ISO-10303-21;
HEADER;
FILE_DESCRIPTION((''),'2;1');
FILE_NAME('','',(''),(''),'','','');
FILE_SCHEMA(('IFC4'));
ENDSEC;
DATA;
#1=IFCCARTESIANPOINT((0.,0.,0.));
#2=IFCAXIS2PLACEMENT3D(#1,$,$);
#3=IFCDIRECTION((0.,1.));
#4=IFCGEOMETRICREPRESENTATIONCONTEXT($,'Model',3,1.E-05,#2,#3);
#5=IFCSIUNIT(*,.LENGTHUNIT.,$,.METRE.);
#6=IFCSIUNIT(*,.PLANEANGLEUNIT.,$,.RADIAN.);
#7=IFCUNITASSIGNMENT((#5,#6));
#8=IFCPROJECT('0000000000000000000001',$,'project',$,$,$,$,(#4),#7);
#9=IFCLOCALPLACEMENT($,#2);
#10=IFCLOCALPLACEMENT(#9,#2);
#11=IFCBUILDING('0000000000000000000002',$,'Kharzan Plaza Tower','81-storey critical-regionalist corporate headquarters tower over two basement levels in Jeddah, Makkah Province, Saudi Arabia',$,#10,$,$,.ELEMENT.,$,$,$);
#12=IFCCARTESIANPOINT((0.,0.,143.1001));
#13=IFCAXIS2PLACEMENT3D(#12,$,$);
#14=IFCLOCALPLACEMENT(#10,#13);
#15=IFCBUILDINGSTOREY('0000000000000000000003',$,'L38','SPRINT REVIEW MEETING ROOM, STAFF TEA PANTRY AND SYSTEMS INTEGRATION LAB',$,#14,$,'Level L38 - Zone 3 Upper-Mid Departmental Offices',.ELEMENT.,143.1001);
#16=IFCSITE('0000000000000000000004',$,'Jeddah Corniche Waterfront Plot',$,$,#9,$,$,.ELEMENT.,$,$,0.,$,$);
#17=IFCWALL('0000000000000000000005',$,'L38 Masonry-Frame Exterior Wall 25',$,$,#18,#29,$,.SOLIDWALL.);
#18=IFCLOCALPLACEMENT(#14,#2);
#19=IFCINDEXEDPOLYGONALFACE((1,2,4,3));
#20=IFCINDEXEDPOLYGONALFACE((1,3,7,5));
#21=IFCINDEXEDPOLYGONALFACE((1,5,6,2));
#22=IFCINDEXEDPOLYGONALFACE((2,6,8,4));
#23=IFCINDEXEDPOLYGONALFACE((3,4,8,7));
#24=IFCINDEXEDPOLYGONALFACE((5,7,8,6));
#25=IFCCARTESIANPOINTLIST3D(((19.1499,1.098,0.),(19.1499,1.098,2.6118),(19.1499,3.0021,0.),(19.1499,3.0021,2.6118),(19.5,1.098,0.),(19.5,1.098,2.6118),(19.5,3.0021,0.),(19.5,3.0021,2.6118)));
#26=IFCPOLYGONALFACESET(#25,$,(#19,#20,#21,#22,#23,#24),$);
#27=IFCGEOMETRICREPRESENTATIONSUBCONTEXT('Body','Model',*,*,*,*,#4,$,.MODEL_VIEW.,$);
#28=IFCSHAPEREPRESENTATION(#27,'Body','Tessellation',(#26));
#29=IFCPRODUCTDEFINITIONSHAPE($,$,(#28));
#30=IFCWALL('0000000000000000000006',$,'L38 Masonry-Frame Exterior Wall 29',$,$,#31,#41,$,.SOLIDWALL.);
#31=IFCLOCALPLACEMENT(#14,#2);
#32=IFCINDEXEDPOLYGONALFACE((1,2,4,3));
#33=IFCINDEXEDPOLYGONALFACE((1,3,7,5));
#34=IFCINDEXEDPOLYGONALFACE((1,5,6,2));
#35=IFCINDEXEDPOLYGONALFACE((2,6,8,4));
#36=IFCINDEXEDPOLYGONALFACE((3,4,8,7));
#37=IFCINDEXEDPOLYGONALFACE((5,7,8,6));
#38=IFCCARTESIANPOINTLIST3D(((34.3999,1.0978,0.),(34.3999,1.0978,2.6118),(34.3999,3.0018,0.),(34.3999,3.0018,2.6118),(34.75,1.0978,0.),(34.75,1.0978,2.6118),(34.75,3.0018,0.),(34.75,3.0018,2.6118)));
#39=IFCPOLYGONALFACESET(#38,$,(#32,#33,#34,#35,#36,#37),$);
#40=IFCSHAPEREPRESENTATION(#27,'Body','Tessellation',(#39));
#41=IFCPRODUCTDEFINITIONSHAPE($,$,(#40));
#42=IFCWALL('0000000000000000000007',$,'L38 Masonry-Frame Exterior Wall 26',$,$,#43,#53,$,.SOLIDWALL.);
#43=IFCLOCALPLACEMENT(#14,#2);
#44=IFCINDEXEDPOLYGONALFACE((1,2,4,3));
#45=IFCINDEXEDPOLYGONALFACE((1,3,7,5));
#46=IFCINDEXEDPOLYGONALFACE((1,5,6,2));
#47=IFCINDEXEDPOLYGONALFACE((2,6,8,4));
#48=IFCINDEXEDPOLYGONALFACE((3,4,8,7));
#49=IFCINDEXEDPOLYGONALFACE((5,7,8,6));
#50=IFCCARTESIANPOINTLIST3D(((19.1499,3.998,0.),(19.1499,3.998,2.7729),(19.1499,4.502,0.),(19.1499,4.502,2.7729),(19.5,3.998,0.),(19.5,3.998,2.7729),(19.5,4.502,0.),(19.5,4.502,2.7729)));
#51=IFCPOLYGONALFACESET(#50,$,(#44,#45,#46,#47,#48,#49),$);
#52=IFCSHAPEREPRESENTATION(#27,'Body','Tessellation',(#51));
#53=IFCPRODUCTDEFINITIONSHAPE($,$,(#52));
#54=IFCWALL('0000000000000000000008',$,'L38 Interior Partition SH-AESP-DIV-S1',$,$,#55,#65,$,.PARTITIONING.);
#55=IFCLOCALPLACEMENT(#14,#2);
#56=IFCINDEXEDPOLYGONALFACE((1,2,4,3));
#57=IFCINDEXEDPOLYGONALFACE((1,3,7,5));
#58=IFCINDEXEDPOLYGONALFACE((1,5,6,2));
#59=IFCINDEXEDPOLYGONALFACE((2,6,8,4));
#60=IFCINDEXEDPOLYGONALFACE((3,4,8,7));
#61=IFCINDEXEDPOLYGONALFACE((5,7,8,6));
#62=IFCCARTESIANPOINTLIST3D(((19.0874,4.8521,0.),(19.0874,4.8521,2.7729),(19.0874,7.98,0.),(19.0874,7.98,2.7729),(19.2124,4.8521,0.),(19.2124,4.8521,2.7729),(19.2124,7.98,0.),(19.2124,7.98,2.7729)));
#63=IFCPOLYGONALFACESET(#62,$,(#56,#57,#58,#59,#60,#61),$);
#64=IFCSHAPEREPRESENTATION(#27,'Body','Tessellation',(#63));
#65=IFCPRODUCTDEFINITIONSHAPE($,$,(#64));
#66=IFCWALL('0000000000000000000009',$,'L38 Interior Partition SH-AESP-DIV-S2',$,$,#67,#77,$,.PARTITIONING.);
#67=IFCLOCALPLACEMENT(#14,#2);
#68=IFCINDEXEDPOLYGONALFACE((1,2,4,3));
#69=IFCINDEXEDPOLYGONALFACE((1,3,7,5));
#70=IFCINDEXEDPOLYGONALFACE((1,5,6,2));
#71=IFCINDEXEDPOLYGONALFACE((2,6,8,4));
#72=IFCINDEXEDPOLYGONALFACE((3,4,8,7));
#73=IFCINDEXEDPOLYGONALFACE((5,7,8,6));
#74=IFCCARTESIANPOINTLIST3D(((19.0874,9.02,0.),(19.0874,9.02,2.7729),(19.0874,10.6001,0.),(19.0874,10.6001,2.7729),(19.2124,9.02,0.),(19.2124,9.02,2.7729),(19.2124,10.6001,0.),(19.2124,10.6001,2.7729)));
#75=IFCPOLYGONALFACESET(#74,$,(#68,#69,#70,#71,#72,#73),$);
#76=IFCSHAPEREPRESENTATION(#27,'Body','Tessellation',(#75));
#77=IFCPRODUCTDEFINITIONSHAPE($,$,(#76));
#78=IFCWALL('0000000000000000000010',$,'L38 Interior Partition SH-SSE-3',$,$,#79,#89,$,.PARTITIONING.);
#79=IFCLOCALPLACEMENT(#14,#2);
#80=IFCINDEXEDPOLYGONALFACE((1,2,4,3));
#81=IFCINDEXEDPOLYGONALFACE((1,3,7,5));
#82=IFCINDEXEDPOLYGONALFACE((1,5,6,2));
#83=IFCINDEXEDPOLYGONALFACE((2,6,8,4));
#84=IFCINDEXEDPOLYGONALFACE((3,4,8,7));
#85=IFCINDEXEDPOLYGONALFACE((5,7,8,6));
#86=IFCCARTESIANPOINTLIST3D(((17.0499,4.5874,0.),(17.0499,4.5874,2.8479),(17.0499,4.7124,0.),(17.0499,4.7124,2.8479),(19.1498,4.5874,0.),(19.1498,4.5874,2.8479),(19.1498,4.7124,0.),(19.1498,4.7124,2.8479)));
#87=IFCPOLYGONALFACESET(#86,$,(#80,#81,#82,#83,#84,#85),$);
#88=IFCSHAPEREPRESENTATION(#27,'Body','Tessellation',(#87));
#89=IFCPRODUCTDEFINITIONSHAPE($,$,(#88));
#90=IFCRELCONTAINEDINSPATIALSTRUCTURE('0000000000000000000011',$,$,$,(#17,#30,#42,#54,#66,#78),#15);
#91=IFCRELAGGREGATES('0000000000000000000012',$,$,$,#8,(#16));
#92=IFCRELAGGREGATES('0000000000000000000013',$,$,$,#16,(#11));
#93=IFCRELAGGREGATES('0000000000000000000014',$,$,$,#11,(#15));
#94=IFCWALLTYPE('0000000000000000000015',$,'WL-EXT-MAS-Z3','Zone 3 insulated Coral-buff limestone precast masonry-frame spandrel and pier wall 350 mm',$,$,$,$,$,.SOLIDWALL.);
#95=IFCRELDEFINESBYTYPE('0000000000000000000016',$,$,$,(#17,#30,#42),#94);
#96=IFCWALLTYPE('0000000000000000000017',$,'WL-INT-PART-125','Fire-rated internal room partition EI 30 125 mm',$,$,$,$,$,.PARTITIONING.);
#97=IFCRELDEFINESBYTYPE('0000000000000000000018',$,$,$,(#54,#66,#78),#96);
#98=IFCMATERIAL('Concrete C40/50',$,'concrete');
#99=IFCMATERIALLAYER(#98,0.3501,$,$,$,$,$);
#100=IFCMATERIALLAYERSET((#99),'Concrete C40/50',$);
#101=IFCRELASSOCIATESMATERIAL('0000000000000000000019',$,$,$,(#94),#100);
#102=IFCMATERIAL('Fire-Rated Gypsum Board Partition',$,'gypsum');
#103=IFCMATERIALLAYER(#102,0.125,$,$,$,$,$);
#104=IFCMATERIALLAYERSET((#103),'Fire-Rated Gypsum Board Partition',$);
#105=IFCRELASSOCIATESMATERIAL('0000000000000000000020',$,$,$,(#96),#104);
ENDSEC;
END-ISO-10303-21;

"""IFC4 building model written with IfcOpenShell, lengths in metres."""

from ifc_helpers import new_model, si_unit, direction, frame, frame_2d, origin, place, context, subcontext, project, spatial, rectangle, extrude, source, transform, mapped, material, layer, layer_set, type_object, element, save


model = new_model("IFC4")

# Units and contexts
model_context = context("Model", 3, precision=1e-05, world=origin(), true_north=direction((0.0, 1.0)))
body_context = subcontext(model_context, "Body", "Model", "MODEL_VIEW")
ifc_project = project(units=[si_unit("LENGTHUNIT", "METRE"), si_unit("PLANEANGLEUNIT", "RADIAN")], contexts=[model_context])

# Site, building, storey
site_placement = place(None, origin())
site = spatial("IfcSite", under=ifc_project, at=site_placement, Name="Jeddah Corniche Waterfront Plot", CompositionType="ELEMENT", RefElevation=0.0)
building_placement = place(site_placement, origin())
building = spatial("IfcBuilding", under=site, at=building_placement, Name="Kharzan Plaza Tower", Description="81-storey critical-regionalist corporate headquarters tower over two basement levels in Jeddah, Makkah Province, Saudi Arabia", CompositionType="ELEMENT")
storey_placement = place(building_placement, frame((0.0, 0.0, 143.1001)))
storey = spatial("IfcBuildingStorey", under=building, at=storey_placement, Name="L38", Description="SPRINT REVIEW MEETING ROOM, STAFF TEA PANTRY AND SYSTEMS INTEGRATION LAB", LongName="Level L38 - Zone 3 Upper-Mid Departmental Offices", CompositionType="ELEMENT", Elevation=143.1001)

# Shared definitions
ifc_material_1 = material(Name="Concrete C40/50", Category="concrete")
ifc_layer_1 = layer(ifc_material_1, 0.3501)
ifc_layer_set_1 = layer_set([ifc_layer_1], Name="Concrete C40/50")
wall_type_1 = type_object("IfcWallType", Name="WL-EXT-MAS-Z3", Description="Zone 3 insulated Coral-buff limestone precast masonry-frame spandrel and pier wall 350 mm", PredefinedType="SOLIDWALL", material=ifc_layer_set_1)

# Shared definitions
ifc_material_2 = material(Name="Fire-Rated Gypsum Board Partition", Category="gypsum")
ifc_layer_2 = layer(ifc_material_2, 0.125)
ifc_layer_set_2 = layer_set([ifc_layer_2], Name="Fire-Rated Gypsum Board Partition")
wall_type_2 = type_object("IfcWallType", Name="WL-INT-PART-125", Description="Fire-rated internal room partition EI 30 125 mm", PredefinedType="PARTITIONING", material=ifc_layer_set_2)

# Walls
shared_shape_1 = source(origin(), body_context, "Body", "SweptSolid", [
    extrude(rectangle(XDim=1.9041, YDim=0.3501, at=frame_2d((0.9521, 0.0))), origin(), (0.0, 0.0, 1.0), 2.6118),
])
for number, where, z_axis, x_axis, name in (
    (1, (19.325, 1.0979, 0.0), (0.0, 0.0, 1.0), (0.0, 1.0, 0.0), "L38 Masonry-Frame Exterior Wall 25"),
    (2, (34.575, 3.002, 0.0), (0.0, 0.0, 1.0), (0.0, -1.0, 0.0), "L38 Masonry-Frame Exterior Wall 29"),
):
    element("IfcWall", number, at=place(storey_placement, frame(where, z_axis=z_axis, x_axis=x_axis)), inside=storey, type_object=wall_type_1, Name=name, PredefinedType="SOLIDWALL", context=body_context, shape_type="MappedRepresentation", body=[
        mapped(shared_shape_1, transform((0.0, 0.0, 0.0), x_axis=(1.0, 0.0, 0.0), y_axis=(0.0, 1.0, 0.0), z_axis=(0.0, 0.0, 1.0))),
    ])
shared_shape_2 = source(origin(), body_context, "Body", "SweptSolid", [
    extrude(rectangle(XDim=0.5039, YDim=0.3501, at=frame_2d((0.252, 0.0))), origin(), (0.0, 0.0, 1.0), 2.7729),
])
wall_1_placement = place(storey_placement, frame((19.325, 3.998, 0.0), z_axis=(0.0, 0.0, 1.0), x_axis=(0.0, 1.0, 0.0)))
element("IfcWall", 3, at=wall_1_placement, inside=storey, type_object=wall_type_1, Name="L38 Masonry-Frame Exterior Wall 26", PredefinedType="SOLIDWALL", context=body_context, shape_type="MappedRepresentation", body=[
    mapped(shared_shape_2, transform((0.0, 0.0, 0.0), x_axis=(1.0, 0.0, 0.0), y_axis=(0.0, 1.0, 0.0), z_axis=(0.0, 0.0, 1.0))),
])
shared_shape_3 = source(origin(), body_context, "Body", "SweptSolid", [
    extrude(rectangle(XDim=3.1279, YDim=0.125, at=frame_2d((1.564, 0.0))), origin(), (0.0, 0.0, 1.0), 2.7729),
])
wall_2_placement = place(storey_placement, frame((19.1499, 4.8521, 0.0), z_axis=(0.0, 0.0, 1.0), x_axis=(0.0, 1.0, 0.0)))
element("IfcWall", 4, at=wall_2_placement, inside=storey, type_object=wall_type_2, Name="L38 Interior Partition SH-AESP-DIV-S1", PredefinedType="PARTITIONING", context=body_context, shape_type="MappedRepresentation", body=[
    mapped(shared_shape_3, transform((0.0, 0.0, 0.0), x_axis=(1.0, 0.0, 0.0), y_axis=(0.0, 1.0, 0.0), z_axis=(0.0, 0.0, 1.0))),
])
shared_shape_4 = source(origin(), body_context, "Body", "SweptSolid", [
    extrude(rectangle(XDim=1.5801, YDim=0.125, at=frame_2d((0.79, 0.0))), origin(), (0.0, 0.0, 1.0), 2.7729),
])
wall_3_placement = place(storey_placement, frame((19.1499, 9.02, 0.0), z_axis=(0.0, 0.0, 1.0), x_axis=(0.0, 1.0, 0.0)))
element("IfcWall", 5, at=wall_3_placement, inside=storey, type_object=wall_type_2, Name="L38 Interior Partition SH-AESP-DIV-S2", PredefinedType="PARTITIONING", context=body_context, shape_type="MappedRepresentation", body=[
    mapped(shared_shape_4, transform((0.0, 0.0, 0.0), x_axis=(1.0, 0.0, 0.0), y_axis=(0.0, 1.0, 0.0), z_axis=(0.0, 0.0, 1.0))),
])
shared_shape_5 = source(origin(), body_context, "Body", "SweptSolid", [
    extrude(rectangle(XDim=2.0999, YDim=0.125, at=frame_2d((1.0498, 0.0))), origin(), (0.0, 0.0, 1.0), 2.8479),
])
wall_4_placement = place(storey_placement, frame((17.05, 4.6499, 0.0), z_axis=(0.0, 0.0, 1.0), x_axis=(1.0, 0.0, 0.0)))
element("IfcWall", 6, at=wall_4_placement, inside=storey, type_object=wall_type_2, Name="L38 Interior Partition SH-SSE-3", PredefinedType="PARTITIONING", context=body_context, shape_type="MappedRepresentation", body=[
    mapped(shared_shape_5, transform((0.0, 0.0, 0.0), x_axis=(1.0, 0.0, 0.0), y_axis=(0.0, 1.0, 0.0), z_axis=(0.0, 0.0, 1.0))),
])

save(model, "model.ifc")
